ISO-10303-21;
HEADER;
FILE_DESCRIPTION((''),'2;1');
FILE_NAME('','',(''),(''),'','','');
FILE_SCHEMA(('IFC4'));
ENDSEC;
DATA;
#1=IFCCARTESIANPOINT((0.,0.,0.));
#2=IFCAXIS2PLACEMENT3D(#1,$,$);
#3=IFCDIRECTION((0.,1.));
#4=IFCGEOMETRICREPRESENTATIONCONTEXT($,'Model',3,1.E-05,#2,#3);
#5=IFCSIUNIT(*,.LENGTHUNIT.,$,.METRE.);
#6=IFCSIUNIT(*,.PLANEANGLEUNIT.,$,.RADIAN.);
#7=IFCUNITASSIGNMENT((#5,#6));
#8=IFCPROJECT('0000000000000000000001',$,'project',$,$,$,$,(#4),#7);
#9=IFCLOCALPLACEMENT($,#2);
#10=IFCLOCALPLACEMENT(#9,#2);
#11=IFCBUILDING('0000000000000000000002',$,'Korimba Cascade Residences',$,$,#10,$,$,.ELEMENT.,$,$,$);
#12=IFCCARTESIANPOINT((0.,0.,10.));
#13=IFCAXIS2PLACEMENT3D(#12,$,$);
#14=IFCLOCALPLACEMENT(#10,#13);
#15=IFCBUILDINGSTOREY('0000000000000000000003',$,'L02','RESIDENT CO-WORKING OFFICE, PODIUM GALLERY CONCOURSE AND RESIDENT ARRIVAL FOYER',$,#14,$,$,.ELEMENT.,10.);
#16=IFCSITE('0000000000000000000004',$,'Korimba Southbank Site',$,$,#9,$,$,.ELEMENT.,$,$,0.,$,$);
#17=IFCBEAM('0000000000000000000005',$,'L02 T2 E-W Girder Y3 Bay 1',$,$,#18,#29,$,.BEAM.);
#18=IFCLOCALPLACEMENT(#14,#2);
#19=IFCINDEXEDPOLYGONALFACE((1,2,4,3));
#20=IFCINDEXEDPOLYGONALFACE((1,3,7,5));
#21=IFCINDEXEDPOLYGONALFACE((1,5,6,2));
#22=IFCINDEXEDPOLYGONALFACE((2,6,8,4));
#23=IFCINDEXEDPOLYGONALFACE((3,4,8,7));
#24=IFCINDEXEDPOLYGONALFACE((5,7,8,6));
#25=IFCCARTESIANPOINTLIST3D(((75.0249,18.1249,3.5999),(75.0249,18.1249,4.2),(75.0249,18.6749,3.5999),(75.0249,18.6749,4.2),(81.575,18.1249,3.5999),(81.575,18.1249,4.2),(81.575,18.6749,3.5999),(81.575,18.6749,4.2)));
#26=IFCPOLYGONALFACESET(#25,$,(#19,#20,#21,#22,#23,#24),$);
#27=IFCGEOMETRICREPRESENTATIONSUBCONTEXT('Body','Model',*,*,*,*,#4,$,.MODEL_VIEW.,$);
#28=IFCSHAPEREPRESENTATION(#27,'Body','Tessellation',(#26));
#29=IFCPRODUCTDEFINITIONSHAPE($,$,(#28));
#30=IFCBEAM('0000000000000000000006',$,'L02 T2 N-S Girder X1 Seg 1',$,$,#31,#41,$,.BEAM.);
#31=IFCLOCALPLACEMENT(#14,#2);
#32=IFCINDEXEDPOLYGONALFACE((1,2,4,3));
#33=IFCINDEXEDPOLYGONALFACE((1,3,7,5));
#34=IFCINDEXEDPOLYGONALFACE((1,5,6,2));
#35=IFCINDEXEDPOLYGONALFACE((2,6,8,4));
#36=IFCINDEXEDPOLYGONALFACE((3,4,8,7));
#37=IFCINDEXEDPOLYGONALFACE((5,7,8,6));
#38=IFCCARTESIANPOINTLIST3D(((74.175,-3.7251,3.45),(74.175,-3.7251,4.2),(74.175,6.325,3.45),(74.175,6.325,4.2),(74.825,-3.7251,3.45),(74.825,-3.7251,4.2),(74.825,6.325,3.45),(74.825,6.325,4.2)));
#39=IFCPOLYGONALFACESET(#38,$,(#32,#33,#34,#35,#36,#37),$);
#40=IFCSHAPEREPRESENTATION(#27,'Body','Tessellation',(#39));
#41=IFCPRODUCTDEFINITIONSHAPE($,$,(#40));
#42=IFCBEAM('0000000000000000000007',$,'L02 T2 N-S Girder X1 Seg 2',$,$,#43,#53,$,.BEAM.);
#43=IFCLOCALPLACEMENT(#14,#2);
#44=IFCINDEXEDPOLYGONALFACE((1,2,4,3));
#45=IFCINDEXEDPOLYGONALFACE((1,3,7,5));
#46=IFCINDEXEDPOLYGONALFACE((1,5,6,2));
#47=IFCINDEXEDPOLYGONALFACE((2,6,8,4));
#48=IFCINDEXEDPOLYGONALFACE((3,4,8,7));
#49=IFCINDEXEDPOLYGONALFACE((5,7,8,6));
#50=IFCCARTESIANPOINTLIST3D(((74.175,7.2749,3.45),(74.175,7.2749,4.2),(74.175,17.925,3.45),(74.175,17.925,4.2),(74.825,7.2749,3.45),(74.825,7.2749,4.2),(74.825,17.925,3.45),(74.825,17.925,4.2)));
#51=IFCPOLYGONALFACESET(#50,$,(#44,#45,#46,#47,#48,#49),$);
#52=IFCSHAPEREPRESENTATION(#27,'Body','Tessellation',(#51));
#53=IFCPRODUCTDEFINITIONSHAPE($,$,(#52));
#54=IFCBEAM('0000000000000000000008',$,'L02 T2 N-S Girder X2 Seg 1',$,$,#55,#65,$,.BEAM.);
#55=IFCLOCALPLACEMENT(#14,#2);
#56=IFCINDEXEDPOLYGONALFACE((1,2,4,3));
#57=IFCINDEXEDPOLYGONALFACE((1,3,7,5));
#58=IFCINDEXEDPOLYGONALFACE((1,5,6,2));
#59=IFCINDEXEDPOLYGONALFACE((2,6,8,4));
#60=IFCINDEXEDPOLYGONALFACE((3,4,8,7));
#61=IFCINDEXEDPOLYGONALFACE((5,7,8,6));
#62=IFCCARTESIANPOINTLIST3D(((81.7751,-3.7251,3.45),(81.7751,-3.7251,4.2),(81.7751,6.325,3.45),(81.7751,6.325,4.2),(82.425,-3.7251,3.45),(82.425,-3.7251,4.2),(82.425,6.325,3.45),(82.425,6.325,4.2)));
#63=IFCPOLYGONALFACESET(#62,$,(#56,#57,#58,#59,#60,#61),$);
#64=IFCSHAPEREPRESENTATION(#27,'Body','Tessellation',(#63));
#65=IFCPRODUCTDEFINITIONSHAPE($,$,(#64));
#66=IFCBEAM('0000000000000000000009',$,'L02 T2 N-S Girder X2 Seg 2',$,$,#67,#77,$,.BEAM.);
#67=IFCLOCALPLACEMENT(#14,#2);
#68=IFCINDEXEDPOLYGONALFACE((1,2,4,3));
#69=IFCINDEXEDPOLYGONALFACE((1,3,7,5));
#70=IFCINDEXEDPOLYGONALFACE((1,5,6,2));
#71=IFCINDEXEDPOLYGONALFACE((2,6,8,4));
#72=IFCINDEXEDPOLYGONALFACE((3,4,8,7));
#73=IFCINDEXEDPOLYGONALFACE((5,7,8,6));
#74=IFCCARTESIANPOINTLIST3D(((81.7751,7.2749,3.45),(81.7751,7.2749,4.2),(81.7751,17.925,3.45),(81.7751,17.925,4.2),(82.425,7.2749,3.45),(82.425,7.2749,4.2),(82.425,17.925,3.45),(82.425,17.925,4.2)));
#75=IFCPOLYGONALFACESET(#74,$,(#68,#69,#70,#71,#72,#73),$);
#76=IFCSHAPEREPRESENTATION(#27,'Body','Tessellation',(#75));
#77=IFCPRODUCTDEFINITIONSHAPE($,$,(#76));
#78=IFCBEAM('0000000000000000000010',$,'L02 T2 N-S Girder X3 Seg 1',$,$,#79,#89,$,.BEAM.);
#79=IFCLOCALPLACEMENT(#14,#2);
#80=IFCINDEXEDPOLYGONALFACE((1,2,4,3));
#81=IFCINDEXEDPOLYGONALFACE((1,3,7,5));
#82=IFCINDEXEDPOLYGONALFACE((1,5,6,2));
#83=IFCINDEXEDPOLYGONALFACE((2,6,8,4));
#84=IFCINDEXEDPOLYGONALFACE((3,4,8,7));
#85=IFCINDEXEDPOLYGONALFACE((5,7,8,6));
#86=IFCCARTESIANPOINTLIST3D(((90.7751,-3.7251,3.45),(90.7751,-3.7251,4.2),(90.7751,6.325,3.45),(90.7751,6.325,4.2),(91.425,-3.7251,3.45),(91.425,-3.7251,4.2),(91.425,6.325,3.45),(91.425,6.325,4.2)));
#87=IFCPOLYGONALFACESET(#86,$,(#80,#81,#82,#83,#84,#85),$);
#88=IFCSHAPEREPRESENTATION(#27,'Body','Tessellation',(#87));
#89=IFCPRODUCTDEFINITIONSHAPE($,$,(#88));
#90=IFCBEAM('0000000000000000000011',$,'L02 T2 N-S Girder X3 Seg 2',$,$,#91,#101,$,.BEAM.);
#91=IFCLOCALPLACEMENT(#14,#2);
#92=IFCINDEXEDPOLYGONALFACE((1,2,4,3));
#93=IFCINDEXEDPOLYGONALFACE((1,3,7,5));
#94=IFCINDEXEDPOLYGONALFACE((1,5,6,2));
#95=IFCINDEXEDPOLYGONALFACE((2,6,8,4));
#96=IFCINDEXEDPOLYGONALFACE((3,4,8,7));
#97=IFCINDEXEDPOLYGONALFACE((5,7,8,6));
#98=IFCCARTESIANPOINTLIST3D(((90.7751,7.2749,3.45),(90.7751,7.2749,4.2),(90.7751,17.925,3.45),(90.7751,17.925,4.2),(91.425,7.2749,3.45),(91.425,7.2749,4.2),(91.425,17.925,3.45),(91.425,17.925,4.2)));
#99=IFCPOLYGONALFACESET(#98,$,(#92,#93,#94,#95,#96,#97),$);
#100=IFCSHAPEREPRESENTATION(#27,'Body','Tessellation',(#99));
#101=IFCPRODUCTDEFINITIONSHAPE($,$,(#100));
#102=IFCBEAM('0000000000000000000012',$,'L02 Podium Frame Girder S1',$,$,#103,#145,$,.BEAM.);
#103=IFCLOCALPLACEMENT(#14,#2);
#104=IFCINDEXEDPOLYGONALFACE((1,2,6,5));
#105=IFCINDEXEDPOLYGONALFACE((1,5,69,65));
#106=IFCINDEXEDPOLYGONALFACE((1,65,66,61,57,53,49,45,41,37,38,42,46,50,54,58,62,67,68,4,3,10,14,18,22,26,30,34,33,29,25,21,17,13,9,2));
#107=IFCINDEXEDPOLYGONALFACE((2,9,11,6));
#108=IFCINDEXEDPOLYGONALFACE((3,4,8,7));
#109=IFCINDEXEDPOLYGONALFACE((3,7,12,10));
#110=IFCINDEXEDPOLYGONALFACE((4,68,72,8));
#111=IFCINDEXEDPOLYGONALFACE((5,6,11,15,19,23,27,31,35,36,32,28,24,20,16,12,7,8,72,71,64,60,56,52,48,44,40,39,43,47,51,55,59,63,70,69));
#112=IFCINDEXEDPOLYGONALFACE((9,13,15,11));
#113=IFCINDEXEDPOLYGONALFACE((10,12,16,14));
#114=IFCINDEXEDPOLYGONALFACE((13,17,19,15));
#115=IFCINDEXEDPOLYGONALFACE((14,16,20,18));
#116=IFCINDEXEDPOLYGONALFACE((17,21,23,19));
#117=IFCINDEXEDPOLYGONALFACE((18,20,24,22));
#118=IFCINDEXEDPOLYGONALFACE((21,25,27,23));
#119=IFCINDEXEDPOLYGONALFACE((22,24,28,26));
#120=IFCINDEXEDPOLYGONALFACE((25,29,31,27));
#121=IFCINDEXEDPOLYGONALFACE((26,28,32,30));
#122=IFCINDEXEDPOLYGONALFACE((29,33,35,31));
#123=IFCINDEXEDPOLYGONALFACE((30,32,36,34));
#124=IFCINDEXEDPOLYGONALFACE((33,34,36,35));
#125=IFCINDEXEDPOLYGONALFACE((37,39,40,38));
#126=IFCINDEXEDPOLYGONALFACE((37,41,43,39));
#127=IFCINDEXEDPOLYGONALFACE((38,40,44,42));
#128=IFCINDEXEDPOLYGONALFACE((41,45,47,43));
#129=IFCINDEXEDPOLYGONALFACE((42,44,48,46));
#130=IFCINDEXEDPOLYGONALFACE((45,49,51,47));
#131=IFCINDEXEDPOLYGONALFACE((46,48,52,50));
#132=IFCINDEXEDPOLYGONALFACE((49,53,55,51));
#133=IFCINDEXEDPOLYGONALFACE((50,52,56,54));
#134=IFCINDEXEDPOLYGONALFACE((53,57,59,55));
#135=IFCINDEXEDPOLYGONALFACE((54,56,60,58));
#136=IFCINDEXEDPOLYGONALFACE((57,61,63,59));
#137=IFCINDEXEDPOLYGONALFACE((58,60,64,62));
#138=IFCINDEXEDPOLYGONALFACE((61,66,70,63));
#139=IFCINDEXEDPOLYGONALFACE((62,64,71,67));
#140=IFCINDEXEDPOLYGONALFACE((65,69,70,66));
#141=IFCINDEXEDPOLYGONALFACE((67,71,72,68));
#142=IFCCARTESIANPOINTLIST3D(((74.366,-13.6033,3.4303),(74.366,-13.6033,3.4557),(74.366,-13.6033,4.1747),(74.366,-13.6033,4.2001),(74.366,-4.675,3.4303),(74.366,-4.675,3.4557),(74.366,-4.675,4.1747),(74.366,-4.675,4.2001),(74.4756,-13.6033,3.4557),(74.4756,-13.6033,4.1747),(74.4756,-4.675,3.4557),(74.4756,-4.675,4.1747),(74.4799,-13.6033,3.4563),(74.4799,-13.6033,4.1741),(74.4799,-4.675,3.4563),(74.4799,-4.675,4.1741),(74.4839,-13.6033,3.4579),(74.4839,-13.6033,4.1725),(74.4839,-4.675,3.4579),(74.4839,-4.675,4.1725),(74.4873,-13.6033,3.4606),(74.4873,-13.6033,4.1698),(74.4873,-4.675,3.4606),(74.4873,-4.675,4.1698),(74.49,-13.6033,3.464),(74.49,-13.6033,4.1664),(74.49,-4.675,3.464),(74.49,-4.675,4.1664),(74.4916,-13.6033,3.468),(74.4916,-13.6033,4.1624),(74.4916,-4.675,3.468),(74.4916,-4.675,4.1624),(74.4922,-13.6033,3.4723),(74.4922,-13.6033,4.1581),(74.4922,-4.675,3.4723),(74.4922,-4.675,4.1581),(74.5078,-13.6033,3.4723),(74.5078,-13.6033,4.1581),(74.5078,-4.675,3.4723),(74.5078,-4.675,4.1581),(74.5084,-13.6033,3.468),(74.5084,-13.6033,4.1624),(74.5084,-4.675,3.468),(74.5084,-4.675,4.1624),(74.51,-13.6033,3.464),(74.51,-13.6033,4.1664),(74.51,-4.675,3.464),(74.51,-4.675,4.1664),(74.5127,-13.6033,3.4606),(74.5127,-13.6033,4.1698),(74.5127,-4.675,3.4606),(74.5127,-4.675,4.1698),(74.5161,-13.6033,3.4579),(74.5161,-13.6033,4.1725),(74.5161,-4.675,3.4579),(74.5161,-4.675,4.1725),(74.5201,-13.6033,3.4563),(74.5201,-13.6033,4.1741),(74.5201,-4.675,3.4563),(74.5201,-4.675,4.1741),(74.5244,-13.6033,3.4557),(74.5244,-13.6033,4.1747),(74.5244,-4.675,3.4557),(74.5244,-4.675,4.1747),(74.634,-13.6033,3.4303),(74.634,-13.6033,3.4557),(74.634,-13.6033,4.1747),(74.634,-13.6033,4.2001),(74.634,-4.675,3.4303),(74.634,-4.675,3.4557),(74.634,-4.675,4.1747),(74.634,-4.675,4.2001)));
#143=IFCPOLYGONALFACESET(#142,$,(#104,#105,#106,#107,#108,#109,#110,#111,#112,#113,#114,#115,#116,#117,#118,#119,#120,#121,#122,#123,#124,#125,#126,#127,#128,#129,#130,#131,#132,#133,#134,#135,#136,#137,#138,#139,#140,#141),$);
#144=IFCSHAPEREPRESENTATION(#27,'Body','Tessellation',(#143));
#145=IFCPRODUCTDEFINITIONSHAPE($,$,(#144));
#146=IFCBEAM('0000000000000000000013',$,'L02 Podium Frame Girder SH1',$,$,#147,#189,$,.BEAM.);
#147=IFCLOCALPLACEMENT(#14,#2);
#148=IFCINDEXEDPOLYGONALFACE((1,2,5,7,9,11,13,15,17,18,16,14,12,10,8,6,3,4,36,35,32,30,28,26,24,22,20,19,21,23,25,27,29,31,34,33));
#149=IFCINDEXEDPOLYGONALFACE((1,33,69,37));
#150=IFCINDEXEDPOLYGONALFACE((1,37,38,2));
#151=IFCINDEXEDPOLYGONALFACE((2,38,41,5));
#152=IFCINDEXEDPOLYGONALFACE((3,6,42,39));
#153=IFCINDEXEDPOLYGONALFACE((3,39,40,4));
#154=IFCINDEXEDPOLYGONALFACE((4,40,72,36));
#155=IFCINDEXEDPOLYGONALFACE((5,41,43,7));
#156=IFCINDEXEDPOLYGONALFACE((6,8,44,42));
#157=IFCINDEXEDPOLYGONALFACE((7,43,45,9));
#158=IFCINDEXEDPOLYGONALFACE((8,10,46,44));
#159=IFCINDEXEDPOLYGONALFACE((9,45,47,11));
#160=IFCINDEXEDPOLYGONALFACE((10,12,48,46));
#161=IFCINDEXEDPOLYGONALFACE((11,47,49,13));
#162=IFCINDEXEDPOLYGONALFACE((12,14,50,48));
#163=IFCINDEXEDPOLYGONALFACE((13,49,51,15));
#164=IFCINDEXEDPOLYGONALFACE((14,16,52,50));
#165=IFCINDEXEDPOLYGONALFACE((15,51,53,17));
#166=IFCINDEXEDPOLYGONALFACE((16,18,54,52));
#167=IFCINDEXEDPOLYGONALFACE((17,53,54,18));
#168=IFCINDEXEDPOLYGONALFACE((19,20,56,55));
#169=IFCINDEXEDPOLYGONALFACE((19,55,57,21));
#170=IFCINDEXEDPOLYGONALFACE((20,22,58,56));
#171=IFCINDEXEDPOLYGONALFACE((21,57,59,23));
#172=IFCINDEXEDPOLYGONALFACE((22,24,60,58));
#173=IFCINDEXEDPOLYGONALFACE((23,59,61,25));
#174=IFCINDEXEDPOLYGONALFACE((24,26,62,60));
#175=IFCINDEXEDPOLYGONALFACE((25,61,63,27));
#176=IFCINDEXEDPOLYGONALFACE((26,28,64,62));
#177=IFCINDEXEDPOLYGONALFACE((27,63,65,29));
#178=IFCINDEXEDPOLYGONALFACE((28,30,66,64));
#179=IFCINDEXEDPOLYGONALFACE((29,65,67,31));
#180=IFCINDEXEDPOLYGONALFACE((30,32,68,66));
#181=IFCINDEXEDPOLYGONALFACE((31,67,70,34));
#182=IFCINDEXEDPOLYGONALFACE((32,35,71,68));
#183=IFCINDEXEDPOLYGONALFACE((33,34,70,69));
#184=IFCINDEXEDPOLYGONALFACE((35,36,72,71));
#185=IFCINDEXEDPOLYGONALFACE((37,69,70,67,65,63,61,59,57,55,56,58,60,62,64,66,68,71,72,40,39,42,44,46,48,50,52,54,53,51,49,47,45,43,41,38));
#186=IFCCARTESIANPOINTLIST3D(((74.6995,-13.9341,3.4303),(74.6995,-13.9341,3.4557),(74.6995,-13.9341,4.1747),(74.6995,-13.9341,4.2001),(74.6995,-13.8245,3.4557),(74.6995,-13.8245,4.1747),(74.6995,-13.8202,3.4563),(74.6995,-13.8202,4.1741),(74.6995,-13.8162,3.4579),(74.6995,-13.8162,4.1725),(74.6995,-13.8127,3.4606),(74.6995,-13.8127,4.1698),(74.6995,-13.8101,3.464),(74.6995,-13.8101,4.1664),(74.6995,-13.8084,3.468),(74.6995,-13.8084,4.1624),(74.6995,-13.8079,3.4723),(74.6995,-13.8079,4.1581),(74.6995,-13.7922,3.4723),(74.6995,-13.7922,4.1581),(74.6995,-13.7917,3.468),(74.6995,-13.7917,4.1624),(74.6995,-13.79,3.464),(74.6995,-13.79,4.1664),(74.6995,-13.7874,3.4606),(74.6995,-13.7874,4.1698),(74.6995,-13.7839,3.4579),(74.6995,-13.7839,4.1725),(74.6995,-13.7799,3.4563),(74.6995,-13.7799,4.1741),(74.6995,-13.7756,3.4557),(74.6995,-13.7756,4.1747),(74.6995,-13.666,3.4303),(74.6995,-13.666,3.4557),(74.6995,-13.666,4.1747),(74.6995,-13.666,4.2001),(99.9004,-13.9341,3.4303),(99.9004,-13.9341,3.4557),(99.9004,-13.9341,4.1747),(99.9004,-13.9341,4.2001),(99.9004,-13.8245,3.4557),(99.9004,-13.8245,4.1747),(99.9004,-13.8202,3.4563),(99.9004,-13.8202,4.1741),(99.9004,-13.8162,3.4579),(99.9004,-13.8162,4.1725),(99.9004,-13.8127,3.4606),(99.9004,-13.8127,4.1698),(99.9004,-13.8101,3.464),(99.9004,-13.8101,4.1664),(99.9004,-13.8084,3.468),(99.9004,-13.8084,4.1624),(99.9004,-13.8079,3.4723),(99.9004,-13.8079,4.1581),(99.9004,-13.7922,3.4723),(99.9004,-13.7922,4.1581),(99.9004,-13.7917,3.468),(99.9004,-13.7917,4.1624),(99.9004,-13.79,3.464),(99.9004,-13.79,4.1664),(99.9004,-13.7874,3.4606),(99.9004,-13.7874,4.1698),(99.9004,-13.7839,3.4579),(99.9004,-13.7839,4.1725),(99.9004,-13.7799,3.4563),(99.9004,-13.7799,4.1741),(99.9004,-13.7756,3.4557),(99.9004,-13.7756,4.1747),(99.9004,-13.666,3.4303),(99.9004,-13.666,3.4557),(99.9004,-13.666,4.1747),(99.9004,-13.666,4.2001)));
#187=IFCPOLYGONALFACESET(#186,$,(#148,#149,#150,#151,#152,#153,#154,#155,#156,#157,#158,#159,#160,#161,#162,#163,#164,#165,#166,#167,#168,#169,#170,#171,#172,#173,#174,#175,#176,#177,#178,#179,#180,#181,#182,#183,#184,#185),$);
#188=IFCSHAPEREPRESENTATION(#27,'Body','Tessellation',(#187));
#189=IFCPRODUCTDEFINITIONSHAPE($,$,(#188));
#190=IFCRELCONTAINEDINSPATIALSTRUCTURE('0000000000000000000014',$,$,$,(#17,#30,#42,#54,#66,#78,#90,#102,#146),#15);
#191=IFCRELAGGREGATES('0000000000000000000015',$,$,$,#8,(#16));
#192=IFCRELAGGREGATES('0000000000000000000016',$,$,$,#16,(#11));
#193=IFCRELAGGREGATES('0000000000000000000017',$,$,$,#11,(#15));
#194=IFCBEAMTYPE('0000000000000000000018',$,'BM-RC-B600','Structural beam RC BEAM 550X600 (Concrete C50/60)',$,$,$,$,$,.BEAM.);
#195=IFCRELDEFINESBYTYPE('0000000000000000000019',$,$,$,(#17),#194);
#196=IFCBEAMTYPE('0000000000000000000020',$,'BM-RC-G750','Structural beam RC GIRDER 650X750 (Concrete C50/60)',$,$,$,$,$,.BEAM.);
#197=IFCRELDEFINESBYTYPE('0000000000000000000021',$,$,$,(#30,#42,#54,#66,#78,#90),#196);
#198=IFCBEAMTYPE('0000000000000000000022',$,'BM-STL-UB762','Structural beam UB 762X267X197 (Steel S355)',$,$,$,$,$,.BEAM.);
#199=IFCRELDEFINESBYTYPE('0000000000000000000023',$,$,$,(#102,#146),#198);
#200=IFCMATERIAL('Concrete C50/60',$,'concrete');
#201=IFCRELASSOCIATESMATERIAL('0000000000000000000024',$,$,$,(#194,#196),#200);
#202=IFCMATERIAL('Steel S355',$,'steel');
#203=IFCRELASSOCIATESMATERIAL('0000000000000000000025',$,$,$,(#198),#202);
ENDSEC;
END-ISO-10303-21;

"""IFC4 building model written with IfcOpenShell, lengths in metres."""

from ifc_helpers import new_model, si_unit, direction, frame, origin, origin_2d, place, context, subcontext, project, spatial, rectangle, i_section, extrude, material, material_profile, profile_set, type_object, element, save


model = new_model("IFC4")

# Units and contexts
model_context = context("Model", 3, precision=1e-05, world=origin(), true_north=direction((0.0, 1.0)))
body_context = subcontext(model_context, "Body", "Model", "MODEL_VIEW")
ifc_project = project(units=[si_unit("LENGTHUNIT", "METRE"), si_unit("PLANEANGLEUNIT", "RADIAN")], contexts=[model_context])

# Site, building, storey
site_placement = place(None, origin())
site = spatial("IfcSite", under=ifc_project, at=site_placement, Name="Korimba Southbank Site", CompositionType="ELEMENT", RefElevation=0.0)
building_placement = place(site_placement, origin())
building = spatial("IfcBuilding", under=site, at=building_placement, Name="Korimba Cascade Residences", CompositionType="ELEMENT")
storey_placement = place(building_placement, frame((0.0, 0.0, 10.0)))
storey = spatial("IfcBuildingStorey", under=building, at=storey_placement, Name="L02", Description="RESIDENT CO-WORKING OFFICE, PODIUM GALLERY CONCOURSE AND RESIDENT ARRIVAL FOYER", CompositionType="ELEMENT", Elevation=10.0)

# Shared definitions
ifc_material_1 = material(Name="Steel S355", Category="steel")

# Beams
ifc_material_2 = material(Name="Concrete C50/60", Category="concrete")
ifc_material_profile_1 = material_profile(ifc_material_2, rectangle(XDim=0.55, YDim=0.6001, at=origin_2d()), Name="Concrete C50/60")
ifc_profile_set_1 = profile_set([ifc_material_profile_1], Name="Concrete C50/60")
beam_type_1 = type_object("IfcBeamType", Name="BM-RC-B600", Description="Structural beam RC BEAM 550X600 (Concrete C50/60)", PredefinedType="BEAM", material=ifc_profile_set_1)
beam_1_placement = place(storey_placement, frame((75.0249, 18.3999, 3.8999), z_axis=(1.0, 0.0, 0.0), x_axis=(0.0, 1.0, 0.0)))
element("IfcBeam", 1, at=beam_1_placement, inside=storey, type_object=beam_type_1, Name="L02 T2 E-W Girder Y3 Bay 1", PredefinedType="BEAM", context=body_context, shape_type="SweptSolid", body=[
    extrude(rectangle(XDim=0.55, YDim=0.6001, at=origin_2d()), origin(), (0.0, 0.0, 1.0), 6.55),
])
ifc_material_profile_2 = material_profile(ifc_material_2, rectangle(XDim=0.6499, YDim=0.75, at=origin_2d()), Name="Concrete C50/60")
ifc_profile_set_2 = profile_set([ifc_material_profile_2], Name="Concrete C50/60")
beam_type_2 = type_object("IfcBeamType", Name="BM-RC-G750", Description="Structural beam RC GIRDER 650X750 (Concrete C50/60)", PredefinedType="BEAM", material=ifc_profile_set_2)
beam_2_placement = place(storey_placement, frame((74.5, -3.7251, 3.825), z_axis=(0.0, 1.0, 0.0), x_axis=(-1.0, 0.0, 0.0)))
element("IfcBeam", 2, at=beam_2_placement, inside=storey, type_object=beam_type_2, Name="L02 T2 N-S Girder X1 Seg 1", PredefinedType="BEAM", context=body_context, shape_type="SweptSolid", body=[
    extrude(rectangle(XDim=0.6499, YDim=0.75, at=origin_2d()), origin(), (0.0, 0.0, 1.0), 10.05),
])
beam_3_placement = place(storey_placement, frame((74.5, 7.2749, 3.825), z_axis=(0.0, 1.0, 0.0), x_axis=(-1.0, 0.0, 0.0)))
element("IfcBeam", 3, at=beam_3_placement, inside=storey, type_object=beam_type_2, Name="L02 T2 N-S Girder X1 Seg 2", PredefinedType="BEAM", context=body_context, shape_type="SweptSolid", body=[
    extrude(rectangle(XDim=0.6499, YDim=0.75, at=origin_2d()), origin(), (0.0, 0.0, 1.0), 10.6501),
])
beam_4_placement = place(storey_placement, frame((82.1001, -3.7251, 3.825), z_axis=(0.0, 1.0, 0.0), x_axis=(-1.0, 0.0, 0.0)))
element("IfcBeam", 4, at=beam_4_placement, inside=storey, type_object=beam_type_2, Name="L02 T2 N-S Girder X2 Seg 1", PredefinedType="BEAM", context=body_context, shape_type="SweptSolid", body=[
    extrude(rectangle(XDim=0.6499, YDim=0.75, at=origin_2d()), origin(), (0.0, 0.0, 1.0), 10.05),
])
beam_5_placement = place(storey_placement, frame((82.1001, 7.2749, 3.825), z_axis=(0.0, 1.0, 0.0), x_axis=(-1.0, 0.0, 0.0)))
element("IfcBeam", 5, at=beam_5_placement, inside=storey, type_object=beam_type_2, Name="L02 T2 N-S Girder X2 Seg 2", PredefinedType="BEAM", context=body_context, shape_type="SweptSolid", body=[
    extrude(rectangle(XDim=0.6499, YDim=0.75, at=origin_2d()), origin(), (0.0, 0.0, 1.0), 10.6501),
])
beam_6_placement = place(storey_placement, frame((91.1001, -3.7251, 3.825), z_axis=(0.0, 1.0, 0.0), x_axis=(-1.0, 0.0, 0.0)))
element("IfcBeam", 6, at=beam_6_placement, inside=storey, type_object=beam_type_2, Name="L02 T2 N-S Girder X3 Seg 1", PredefinedType="BEAM", context=body_context, shape_type="SweptSolid", body=[
    extrude(rectangle(XDim=0.6499, YDim=0.75, at=origin_2d()), origin(), (0.0, 0.0, 1.0), 10.05),
])
beam_7_placement = place(storey_placement, frame((91.1001, 7.2749, 3.825), z_axis=(0.0, 1.0, 0.0), x_axis=(-1.0, 0.0, 0.0)))
element("IfcBeam", 7, at=beam_7_placement, inside=storey, type_object=beam_type_2, Name="L02 T2 N-S Girder X3 Seg 2", PredefinedType="BEAM", context=body_context, shape_type="SweptSolid", body=[
    extrude(rectangle(XDim=0.6499, YDim=0.75, at=origin_2d()), origin(), (0.0, 0.0, 1.0), 10.6501),
])
ifc_material_profile_3 = material_profile(ifc_material_1, i_section(OverallWidth=0.2681, OverallDepth=0.7698, WebThickness=0.0156, FlangeThickness=0.0254, FilletRadius=0.0166, at=origin_2d()), Name="Steel S355")
ifc_profile_set_3 = profile_set([ifc_material_profile_3], Name="Steel S355")
beam_type_3 = type_object("IfcBeamType", Name="BM-STL-UB762", Description="Structural beam UB 762X267X197 (Steel S355)", PredefinedType="BEAM", material=ifc_profile_set_3)
beam_8_placement = place(storey_placement, frame((74.5, -13.6033, 3.8152), z_axis=(0.0, 1.0, 0.0), x_axis=(-1.0, 0.0, 0.0)))
element("IfcBeam", 8, at=beam_8_placement, inside=storey, type_object=beam_type_3, Name="L02 Podium Frame Girder S1", PredefinedType="BEAM", context=body_context, shape_type="SweptSolid", body=[
    extrude(i_section(OverallWidth=0.2681, OverallDepth=0.7698, WebThickness=0.0156, FlangeThickness=0.0254, FilletRadius=0.0166, at=origin_2d()), origin(), (0.0, 0.0, 1.0), 8.9282),
])
beam_9_placement = place(storey_placement, frame((74.6995, -13.8, 3.8152), z_axis=(1.0, 0.0, 0.0), x_axis=(0.0, 1.0, 0.0)))
element("IfcBeam", 9, at=beam_9_placement, inside=storey, type_object=beam_type_3, Name="L02 Podium Frame Girder SH1", PredefinedType="BEAM", context=body_context, shape_type="SweptSolid", body=[
    extrude(i_section(OverallWidth=0.2681, OverallDepth=0.7698, WebThickness=0.0156, FlangeThickness=0.0254, FilletRadius=0.0166, at=origin_2d()), origin(), (0.0, 0.0, 1.0), 25.2009),
])

save(model, "model.ifc")
